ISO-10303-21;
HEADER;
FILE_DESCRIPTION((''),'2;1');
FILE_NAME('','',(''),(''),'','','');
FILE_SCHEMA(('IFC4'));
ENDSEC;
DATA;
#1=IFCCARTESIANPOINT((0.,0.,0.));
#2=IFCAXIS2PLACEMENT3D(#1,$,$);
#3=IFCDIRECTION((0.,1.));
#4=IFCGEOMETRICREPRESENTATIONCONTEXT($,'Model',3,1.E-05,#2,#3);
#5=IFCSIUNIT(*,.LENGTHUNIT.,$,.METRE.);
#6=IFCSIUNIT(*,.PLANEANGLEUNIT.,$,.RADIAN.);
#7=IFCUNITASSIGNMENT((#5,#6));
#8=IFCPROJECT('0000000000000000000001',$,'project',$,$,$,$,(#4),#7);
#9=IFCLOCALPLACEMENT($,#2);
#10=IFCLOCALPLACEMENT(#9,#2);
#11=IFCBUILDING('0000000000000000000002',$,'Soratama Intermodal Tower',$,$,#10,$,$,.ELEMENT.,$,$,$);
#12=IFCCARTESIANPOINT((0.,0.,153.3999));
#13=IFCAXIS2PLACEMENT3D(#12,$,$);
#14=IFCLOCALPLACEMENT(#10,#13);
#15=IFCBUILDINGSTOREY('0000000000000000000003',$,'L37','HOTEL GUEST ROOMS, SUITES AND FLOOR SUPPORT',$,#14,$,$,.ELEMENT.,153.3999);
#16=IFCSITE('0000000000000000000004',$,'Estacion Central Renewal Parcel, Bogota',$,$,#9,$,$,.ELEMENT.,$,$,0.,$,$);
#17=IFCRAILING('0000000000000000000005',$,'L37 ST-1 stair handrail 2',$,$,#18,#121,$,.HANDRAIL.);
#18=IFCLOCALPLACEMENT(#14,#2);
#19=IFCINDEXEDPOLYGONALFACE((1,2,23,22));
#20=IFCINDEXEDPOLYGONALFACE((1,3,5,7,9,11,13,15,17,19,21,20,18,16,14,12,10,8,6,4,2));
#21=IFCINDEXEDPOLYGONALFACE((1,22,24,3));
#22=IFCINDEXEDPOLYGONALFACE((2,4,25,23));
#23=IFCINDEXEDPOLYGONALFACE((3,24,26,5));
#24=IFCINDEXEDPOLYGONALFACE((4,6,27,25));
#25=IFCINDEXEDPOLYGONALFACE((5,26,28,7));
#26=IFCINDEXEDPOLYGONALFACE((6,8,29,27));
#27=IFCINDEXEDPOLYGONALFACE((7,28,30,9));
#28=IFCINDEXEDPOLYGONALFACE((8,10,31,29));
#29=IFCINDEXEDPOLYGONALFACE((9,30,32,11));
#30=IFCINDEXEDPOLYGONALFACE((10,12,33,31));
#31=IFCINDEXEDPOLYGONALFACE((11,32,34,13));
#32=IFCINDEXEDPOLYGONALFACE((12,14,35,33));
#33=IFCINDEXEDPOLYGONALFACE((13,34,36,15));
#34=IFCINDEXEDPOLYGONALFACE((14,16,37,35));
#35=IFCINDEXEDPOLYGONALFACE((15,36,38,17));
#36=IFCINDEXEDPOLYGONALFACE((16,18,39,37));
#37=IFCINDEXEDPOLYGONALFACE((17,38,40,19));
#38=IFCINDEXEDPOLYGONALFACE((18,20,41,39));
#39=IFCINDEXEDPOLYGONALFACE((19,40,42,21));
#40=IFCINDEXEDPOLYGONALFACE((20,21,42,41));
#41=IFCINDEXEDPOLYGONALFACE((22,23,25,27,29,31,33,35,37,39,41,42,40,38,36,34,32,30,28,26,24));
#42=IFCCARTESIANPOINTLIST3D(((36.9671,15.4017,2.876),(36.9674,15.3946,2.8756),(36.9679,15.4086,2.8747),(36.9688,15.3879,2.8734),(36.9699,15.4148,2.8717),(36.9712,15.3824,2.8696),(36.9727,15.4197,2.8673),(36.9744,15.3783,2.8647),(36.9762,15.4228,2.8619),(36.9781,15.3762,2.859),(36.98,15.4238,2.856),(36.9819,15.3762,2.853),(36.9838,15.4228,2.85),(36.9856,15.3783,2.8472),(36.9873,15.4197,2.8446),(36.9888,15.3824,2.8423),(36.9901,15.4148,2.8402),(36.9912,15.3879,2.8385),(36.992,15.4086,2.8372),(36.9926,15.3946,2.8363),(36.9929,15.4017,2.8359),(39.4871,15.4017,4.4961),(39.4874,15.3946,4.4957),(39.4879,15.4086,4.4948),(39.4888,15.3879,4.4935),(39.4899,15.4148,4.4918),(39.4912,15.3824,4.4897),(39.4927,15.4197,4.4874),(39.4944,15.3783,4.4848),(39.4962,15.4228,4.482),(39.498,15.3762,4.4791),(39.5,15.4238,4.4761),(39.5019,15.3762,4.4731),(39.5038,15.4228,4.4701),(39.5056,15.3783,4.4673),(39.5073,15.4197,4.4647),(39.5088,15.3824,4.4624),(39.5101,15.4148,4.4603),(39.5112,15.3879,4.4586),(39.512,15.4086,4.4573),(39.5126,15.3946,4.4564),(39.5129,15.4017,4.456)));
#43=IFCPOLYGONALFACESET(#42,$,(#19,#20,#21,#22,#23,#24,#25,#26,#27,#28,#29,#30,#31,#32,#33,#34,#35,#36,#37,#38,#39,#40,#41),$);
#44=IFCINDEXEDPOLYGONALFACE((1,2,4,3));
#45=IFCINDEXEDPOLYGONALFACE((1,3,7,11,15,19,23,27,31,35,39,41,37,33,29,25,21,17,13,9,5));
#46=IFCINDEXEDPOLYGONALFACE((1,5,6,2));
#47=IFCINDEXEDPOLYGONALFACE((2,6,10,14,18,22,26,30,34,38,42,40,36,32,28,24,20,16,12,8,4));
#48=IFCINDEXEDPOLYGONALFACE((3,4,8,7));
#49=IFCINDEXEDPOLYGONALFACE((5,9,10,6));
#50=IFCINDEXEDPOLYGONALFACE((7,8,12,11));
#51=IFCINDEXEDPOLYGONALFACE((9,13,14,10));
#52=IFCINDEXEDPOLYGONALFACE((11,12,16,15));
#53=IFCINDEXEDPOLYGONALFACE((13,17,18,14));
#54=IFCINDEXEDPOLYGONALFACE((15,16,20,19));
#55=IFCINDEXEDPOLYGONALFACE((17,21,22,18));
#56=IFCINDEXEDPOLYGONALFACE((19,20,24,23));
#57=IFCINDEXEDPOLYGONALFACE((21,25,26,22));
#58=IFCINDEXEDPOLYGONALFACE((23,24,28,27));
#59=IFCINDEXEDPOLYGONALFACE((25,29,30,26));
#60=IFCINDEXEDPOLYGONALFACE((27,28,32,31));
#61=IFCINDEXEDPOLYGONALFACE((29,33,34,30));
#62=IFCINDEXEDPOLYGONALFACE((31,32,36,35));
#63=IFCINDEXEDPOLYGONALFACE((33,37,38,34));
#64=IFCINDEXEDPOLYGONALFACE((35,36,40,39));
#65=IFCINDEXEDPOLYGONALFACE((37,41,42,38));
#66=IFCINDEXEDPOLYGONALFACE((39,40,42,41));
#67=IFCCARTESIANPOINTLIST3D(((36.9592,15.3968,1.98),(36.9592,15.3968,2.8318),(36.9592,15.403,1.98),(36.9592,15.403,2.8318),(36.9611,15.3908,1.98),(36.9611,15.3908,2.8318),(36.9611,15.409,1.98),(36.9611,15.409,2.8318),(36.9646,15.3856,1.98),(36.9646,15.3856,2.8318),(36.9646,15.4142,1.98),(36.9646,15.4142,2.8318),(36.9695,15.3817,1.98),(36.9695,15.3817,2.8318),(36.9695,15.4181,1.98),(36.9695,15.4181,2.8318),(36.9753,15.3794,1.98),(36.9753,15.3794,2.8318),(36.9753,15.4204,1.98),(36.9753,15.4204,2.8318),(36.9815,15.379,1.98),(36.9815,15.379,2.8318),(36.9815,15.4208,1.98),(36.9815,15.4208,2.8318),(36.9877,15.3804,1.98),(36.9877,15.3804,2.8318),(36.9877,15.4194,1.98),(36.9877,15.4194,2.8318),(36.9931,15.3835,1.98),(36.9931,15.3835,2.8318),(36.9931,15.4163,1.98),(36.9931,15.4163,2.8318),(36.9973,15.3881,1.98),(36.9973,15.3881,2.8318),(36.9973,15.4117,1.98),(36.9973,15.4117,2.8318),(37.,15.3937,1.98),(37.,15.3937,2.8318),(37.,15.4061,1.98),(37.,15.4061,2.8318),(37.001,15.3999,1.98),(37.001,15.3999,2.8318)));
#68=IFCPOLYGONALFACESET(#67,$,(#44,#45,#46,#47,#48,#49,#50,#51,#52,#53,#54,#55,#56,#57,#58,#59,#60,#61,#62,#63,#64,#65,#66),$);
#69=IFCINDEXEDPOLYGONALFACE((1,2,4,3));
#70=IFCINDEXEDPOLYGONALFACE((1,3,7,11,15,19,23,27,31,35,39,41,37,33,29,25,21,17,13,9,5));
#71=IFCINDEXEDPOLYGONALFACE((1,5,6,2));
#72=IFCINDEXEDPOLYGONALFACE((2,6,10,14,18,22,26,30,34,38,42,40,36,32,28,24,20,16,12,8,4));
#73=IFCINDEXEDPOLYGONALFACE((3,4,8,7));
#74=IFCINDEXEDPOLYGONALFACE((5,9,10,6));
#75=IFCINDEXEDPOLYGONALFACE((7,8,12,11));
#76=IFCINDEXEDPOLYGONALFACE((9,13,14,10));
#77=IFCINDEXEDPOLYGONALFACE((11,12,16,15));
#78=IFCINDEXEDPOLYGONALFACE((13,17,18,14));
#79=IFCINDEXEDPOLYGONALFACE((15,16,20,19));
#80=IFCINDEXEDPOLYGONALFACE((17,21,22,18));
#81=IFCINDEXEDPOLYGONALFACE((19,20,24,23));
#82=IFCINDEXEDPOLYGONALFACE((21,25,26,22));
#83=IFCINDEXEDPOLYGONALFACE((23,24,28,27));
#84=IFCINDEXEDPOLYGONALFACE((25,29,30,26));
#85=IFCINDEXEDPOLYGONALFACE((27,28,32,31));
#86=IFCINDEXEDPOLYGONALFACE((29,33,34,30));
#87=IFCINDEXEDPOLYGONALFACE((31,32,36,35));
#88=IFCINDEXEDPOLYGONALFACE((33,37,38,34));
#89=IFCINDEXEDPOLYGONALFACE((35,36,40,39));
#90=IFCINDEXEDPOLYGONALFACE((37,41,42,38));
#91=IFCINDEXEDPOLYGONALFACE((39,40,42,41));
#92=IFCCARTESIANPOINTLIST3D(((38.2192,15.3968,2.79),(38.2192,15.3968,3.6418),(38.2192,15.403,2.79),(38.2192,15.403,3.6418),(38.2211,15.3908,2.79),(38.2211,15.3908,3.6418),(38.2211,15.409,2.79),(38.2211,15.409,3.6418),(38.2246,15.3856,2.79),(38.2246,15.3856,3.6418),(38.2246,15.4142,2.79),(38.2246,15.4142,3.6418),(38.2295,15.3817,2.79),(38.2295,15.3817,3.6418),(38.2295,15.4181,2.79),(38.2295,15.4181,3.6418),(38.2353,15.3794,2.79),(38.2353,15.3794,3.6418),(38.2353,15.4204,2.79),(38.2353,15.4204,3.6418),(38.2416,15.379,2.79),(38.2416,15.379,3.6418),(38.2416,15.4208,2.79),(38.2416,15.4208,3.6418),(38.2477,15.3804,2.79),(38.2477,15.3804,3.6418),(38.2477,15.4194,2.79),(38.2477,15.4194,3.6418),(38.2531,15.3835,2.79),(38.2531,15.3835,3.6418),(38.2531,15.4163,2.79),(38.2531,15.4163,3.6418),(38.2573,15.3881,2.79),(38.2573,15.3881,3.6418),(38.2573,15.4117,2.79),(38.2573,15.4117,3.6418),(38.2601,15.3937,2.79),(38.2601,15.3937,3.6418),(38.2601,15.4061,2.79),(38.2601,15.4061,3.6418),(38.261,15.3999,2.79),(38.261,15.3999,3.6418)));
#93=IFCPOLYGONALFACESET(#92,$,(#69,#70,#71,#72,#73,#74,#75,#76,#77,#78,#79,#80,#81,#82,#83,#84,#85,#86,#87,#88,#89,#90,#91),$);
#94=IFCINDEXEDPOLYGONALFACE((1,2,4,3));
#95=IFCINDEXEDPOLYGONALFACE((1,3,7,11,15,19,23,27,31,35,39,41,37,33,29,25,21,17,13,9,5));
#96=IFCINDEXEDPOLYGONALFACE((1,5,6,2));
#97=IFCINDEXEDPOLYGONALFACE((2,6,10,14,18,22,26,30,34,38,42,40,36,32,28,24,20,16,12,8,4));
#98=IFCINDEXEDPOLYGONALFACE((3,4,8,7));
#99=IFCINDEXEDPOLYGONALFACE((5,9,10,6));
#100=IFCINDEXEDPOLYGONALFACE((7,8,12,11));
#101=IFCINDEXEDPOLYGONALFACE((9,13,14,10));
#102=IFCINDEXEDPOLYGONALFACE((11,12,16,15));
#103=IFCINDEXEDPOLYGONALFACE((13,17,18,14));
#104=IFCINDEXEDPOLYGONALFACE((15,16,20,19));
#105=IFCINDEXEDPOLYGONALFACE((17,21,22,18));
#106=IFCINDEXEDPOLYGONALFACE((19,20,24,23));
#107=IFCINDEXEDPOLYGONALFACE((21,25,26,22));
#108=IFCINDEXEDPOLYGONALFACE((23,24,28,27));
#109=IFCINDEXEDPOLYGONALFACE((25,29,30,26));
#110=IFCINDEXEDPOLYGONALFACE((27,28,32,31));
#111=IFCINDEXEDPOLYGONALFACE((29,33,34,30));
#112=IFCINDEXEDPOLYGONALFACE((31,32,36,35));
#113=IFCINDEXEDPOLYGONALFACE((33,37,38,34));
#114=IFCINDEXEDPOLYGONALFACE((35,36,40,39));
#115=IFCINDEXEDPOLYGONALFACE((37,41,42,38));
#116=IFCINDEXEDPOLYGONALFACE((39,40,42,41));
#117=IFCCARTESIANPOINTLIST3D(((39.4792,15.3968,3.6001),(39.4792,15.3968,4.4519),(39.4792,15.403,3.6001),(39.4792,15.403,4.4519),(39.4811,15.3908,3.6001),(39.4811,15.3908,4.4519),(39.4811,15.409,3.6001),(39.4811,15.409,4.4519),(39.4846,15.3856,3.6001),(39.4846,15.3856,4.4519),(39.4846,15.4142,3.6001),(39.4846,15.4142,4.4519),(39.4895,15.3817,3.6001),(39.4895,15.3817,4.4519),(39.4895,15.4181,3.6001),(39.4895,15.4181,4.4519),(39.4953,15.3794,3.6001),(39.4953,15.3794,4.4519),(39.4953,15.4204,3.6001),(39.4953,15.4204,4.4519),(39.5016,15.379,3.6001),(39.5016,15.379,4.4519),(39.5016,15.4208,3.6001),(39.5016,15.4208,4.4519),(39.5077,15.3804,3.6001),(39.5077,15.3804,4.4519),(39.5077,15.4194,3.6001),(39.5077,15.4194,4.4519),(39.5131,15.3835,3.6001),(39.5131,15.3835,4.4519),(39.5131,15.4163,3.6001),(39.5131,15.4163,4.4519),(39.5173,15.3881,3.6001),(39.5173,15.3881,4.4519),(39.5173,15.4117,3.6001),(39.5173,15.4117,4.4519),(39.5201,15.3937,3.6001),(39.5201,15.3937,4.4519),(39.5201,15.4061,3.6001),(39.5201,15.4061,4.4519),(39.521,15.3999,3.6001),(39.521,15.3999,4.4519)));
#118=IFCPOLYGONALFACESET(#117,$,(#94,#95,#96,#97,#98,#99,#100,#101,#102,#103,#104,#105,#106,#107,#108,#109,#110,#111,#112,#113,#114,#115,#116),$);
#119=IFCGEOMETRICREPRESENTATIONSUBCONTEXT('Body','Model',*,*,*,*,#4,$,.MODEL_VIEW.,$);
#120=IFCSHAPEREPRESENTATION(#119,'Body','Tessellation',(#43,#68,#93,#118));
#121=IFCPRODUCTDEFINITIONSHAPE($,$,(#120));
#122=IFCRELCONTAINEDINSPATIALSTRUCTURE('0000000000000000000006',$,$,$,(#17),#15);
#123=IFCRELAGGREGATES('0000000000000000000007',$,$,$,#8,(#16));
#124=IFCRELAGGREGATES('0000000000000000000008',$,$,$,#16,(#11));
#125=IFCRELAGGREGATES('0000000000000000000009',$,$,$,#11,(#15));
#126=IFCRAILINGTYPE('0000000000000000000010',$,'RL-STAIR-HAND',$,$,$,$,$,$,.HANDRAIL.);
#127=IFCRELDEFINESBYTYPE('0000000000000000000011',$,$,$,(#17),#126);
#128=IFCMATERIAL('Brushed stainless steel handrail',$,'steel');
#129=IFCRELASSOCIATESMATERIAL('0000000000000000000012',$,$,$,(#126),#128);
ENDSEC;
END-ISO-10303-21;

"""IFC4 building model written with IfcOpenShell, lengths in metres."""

from ifc_helpers import new_model, si_unit, direction, frame, origin, origin_2d, place, context, subcontext, project, spatial, circle, extrude, material, type_object, element, save


model = new_model("IFC4")

# Units and contexts
model_context = context("Model", 3, precision=1e-05, world=origin(), true_north=direction((0.0, 1.0)))
body_context = subcontext(model_context, "Body", "Model", "MODEL_VIEW")
ifc_project = project(units=[si_unit("LENGTHUNIT", "METRE"), si_unit("PLANEANGLEUNIT", "RADIAN")], contexts=[model_context])

# Site, building, storey
site_placement = place(None, origin())
site = spatial("IfcSite", under=ifc_project, at=site_placement, Name="Estacion Central Renewal Parcel, Bogota", CompositionType="ELEMENT", RefElevation=0.0)
building_placement = place(site_placement, origin())
building = spatial("IfcBuilding", under=site, at=building_placement, Name="Soratama Intermodal Tower", CompositionType="ELEMENT")
storey_placement = place(building_placement, frame((0.0, 0.0, 153.3999)))
storey = spatial("IfcBuildingStorey", under=building, at=storey_placement, Name="L37", Description="HOTEL GUEST ROOMS, SUITES AND FLOOR SUPPORT", CompositionType="ELEMENT", Elevation=153.3999)

# Railing
ifc_material_1 = material(Name="Brushed stainless steel handrail", Category="steel")
railing_type_1 = type_object("IfcRailingType", Name="RL-STAIR-HAND", PredefinedType="HANDRAIL", material=ifc_material_1)
railing_1_placement = place(storey_placement, frame((36.98, 15.3999, 1.98)))
element("IfcRailing", 1, at=railing_1_placement, inside=storey, type_object=railing_type_1, Name="L37 ST-1 stair handrail 2", PredefinedType="HANDRAIL", context=body_context, shape_type="SweptSolid", body=[
    extrude(circle(Radius=0.0239, at=origin_2d()), frame((0.0, 0.0, 0.876), z_axis=(0.841163, 0.0, 0.540782), x_axis=(0.0, 1.0, 0.0)), (0.0, 0.0, 1.0), 2.9958),
    extrude(circle(Radius=0.021, at=origin_2d()), origin(), (0.0, 0.0, 1.0), 0.8518),
    extrude(circle(Radius=0.021, at=origin_2d()), frame((1.26, 0.0, 0.8101)), (0.0, 0.0, 1.0), 0.8518),
    extrude(circle(Radius=0.021, at=origin_2d()), frame((2.52, 0.0, 1.6201)), (0.0, 0.0, 1.0), 0.8518),
])

save(model, "model.ifc")
